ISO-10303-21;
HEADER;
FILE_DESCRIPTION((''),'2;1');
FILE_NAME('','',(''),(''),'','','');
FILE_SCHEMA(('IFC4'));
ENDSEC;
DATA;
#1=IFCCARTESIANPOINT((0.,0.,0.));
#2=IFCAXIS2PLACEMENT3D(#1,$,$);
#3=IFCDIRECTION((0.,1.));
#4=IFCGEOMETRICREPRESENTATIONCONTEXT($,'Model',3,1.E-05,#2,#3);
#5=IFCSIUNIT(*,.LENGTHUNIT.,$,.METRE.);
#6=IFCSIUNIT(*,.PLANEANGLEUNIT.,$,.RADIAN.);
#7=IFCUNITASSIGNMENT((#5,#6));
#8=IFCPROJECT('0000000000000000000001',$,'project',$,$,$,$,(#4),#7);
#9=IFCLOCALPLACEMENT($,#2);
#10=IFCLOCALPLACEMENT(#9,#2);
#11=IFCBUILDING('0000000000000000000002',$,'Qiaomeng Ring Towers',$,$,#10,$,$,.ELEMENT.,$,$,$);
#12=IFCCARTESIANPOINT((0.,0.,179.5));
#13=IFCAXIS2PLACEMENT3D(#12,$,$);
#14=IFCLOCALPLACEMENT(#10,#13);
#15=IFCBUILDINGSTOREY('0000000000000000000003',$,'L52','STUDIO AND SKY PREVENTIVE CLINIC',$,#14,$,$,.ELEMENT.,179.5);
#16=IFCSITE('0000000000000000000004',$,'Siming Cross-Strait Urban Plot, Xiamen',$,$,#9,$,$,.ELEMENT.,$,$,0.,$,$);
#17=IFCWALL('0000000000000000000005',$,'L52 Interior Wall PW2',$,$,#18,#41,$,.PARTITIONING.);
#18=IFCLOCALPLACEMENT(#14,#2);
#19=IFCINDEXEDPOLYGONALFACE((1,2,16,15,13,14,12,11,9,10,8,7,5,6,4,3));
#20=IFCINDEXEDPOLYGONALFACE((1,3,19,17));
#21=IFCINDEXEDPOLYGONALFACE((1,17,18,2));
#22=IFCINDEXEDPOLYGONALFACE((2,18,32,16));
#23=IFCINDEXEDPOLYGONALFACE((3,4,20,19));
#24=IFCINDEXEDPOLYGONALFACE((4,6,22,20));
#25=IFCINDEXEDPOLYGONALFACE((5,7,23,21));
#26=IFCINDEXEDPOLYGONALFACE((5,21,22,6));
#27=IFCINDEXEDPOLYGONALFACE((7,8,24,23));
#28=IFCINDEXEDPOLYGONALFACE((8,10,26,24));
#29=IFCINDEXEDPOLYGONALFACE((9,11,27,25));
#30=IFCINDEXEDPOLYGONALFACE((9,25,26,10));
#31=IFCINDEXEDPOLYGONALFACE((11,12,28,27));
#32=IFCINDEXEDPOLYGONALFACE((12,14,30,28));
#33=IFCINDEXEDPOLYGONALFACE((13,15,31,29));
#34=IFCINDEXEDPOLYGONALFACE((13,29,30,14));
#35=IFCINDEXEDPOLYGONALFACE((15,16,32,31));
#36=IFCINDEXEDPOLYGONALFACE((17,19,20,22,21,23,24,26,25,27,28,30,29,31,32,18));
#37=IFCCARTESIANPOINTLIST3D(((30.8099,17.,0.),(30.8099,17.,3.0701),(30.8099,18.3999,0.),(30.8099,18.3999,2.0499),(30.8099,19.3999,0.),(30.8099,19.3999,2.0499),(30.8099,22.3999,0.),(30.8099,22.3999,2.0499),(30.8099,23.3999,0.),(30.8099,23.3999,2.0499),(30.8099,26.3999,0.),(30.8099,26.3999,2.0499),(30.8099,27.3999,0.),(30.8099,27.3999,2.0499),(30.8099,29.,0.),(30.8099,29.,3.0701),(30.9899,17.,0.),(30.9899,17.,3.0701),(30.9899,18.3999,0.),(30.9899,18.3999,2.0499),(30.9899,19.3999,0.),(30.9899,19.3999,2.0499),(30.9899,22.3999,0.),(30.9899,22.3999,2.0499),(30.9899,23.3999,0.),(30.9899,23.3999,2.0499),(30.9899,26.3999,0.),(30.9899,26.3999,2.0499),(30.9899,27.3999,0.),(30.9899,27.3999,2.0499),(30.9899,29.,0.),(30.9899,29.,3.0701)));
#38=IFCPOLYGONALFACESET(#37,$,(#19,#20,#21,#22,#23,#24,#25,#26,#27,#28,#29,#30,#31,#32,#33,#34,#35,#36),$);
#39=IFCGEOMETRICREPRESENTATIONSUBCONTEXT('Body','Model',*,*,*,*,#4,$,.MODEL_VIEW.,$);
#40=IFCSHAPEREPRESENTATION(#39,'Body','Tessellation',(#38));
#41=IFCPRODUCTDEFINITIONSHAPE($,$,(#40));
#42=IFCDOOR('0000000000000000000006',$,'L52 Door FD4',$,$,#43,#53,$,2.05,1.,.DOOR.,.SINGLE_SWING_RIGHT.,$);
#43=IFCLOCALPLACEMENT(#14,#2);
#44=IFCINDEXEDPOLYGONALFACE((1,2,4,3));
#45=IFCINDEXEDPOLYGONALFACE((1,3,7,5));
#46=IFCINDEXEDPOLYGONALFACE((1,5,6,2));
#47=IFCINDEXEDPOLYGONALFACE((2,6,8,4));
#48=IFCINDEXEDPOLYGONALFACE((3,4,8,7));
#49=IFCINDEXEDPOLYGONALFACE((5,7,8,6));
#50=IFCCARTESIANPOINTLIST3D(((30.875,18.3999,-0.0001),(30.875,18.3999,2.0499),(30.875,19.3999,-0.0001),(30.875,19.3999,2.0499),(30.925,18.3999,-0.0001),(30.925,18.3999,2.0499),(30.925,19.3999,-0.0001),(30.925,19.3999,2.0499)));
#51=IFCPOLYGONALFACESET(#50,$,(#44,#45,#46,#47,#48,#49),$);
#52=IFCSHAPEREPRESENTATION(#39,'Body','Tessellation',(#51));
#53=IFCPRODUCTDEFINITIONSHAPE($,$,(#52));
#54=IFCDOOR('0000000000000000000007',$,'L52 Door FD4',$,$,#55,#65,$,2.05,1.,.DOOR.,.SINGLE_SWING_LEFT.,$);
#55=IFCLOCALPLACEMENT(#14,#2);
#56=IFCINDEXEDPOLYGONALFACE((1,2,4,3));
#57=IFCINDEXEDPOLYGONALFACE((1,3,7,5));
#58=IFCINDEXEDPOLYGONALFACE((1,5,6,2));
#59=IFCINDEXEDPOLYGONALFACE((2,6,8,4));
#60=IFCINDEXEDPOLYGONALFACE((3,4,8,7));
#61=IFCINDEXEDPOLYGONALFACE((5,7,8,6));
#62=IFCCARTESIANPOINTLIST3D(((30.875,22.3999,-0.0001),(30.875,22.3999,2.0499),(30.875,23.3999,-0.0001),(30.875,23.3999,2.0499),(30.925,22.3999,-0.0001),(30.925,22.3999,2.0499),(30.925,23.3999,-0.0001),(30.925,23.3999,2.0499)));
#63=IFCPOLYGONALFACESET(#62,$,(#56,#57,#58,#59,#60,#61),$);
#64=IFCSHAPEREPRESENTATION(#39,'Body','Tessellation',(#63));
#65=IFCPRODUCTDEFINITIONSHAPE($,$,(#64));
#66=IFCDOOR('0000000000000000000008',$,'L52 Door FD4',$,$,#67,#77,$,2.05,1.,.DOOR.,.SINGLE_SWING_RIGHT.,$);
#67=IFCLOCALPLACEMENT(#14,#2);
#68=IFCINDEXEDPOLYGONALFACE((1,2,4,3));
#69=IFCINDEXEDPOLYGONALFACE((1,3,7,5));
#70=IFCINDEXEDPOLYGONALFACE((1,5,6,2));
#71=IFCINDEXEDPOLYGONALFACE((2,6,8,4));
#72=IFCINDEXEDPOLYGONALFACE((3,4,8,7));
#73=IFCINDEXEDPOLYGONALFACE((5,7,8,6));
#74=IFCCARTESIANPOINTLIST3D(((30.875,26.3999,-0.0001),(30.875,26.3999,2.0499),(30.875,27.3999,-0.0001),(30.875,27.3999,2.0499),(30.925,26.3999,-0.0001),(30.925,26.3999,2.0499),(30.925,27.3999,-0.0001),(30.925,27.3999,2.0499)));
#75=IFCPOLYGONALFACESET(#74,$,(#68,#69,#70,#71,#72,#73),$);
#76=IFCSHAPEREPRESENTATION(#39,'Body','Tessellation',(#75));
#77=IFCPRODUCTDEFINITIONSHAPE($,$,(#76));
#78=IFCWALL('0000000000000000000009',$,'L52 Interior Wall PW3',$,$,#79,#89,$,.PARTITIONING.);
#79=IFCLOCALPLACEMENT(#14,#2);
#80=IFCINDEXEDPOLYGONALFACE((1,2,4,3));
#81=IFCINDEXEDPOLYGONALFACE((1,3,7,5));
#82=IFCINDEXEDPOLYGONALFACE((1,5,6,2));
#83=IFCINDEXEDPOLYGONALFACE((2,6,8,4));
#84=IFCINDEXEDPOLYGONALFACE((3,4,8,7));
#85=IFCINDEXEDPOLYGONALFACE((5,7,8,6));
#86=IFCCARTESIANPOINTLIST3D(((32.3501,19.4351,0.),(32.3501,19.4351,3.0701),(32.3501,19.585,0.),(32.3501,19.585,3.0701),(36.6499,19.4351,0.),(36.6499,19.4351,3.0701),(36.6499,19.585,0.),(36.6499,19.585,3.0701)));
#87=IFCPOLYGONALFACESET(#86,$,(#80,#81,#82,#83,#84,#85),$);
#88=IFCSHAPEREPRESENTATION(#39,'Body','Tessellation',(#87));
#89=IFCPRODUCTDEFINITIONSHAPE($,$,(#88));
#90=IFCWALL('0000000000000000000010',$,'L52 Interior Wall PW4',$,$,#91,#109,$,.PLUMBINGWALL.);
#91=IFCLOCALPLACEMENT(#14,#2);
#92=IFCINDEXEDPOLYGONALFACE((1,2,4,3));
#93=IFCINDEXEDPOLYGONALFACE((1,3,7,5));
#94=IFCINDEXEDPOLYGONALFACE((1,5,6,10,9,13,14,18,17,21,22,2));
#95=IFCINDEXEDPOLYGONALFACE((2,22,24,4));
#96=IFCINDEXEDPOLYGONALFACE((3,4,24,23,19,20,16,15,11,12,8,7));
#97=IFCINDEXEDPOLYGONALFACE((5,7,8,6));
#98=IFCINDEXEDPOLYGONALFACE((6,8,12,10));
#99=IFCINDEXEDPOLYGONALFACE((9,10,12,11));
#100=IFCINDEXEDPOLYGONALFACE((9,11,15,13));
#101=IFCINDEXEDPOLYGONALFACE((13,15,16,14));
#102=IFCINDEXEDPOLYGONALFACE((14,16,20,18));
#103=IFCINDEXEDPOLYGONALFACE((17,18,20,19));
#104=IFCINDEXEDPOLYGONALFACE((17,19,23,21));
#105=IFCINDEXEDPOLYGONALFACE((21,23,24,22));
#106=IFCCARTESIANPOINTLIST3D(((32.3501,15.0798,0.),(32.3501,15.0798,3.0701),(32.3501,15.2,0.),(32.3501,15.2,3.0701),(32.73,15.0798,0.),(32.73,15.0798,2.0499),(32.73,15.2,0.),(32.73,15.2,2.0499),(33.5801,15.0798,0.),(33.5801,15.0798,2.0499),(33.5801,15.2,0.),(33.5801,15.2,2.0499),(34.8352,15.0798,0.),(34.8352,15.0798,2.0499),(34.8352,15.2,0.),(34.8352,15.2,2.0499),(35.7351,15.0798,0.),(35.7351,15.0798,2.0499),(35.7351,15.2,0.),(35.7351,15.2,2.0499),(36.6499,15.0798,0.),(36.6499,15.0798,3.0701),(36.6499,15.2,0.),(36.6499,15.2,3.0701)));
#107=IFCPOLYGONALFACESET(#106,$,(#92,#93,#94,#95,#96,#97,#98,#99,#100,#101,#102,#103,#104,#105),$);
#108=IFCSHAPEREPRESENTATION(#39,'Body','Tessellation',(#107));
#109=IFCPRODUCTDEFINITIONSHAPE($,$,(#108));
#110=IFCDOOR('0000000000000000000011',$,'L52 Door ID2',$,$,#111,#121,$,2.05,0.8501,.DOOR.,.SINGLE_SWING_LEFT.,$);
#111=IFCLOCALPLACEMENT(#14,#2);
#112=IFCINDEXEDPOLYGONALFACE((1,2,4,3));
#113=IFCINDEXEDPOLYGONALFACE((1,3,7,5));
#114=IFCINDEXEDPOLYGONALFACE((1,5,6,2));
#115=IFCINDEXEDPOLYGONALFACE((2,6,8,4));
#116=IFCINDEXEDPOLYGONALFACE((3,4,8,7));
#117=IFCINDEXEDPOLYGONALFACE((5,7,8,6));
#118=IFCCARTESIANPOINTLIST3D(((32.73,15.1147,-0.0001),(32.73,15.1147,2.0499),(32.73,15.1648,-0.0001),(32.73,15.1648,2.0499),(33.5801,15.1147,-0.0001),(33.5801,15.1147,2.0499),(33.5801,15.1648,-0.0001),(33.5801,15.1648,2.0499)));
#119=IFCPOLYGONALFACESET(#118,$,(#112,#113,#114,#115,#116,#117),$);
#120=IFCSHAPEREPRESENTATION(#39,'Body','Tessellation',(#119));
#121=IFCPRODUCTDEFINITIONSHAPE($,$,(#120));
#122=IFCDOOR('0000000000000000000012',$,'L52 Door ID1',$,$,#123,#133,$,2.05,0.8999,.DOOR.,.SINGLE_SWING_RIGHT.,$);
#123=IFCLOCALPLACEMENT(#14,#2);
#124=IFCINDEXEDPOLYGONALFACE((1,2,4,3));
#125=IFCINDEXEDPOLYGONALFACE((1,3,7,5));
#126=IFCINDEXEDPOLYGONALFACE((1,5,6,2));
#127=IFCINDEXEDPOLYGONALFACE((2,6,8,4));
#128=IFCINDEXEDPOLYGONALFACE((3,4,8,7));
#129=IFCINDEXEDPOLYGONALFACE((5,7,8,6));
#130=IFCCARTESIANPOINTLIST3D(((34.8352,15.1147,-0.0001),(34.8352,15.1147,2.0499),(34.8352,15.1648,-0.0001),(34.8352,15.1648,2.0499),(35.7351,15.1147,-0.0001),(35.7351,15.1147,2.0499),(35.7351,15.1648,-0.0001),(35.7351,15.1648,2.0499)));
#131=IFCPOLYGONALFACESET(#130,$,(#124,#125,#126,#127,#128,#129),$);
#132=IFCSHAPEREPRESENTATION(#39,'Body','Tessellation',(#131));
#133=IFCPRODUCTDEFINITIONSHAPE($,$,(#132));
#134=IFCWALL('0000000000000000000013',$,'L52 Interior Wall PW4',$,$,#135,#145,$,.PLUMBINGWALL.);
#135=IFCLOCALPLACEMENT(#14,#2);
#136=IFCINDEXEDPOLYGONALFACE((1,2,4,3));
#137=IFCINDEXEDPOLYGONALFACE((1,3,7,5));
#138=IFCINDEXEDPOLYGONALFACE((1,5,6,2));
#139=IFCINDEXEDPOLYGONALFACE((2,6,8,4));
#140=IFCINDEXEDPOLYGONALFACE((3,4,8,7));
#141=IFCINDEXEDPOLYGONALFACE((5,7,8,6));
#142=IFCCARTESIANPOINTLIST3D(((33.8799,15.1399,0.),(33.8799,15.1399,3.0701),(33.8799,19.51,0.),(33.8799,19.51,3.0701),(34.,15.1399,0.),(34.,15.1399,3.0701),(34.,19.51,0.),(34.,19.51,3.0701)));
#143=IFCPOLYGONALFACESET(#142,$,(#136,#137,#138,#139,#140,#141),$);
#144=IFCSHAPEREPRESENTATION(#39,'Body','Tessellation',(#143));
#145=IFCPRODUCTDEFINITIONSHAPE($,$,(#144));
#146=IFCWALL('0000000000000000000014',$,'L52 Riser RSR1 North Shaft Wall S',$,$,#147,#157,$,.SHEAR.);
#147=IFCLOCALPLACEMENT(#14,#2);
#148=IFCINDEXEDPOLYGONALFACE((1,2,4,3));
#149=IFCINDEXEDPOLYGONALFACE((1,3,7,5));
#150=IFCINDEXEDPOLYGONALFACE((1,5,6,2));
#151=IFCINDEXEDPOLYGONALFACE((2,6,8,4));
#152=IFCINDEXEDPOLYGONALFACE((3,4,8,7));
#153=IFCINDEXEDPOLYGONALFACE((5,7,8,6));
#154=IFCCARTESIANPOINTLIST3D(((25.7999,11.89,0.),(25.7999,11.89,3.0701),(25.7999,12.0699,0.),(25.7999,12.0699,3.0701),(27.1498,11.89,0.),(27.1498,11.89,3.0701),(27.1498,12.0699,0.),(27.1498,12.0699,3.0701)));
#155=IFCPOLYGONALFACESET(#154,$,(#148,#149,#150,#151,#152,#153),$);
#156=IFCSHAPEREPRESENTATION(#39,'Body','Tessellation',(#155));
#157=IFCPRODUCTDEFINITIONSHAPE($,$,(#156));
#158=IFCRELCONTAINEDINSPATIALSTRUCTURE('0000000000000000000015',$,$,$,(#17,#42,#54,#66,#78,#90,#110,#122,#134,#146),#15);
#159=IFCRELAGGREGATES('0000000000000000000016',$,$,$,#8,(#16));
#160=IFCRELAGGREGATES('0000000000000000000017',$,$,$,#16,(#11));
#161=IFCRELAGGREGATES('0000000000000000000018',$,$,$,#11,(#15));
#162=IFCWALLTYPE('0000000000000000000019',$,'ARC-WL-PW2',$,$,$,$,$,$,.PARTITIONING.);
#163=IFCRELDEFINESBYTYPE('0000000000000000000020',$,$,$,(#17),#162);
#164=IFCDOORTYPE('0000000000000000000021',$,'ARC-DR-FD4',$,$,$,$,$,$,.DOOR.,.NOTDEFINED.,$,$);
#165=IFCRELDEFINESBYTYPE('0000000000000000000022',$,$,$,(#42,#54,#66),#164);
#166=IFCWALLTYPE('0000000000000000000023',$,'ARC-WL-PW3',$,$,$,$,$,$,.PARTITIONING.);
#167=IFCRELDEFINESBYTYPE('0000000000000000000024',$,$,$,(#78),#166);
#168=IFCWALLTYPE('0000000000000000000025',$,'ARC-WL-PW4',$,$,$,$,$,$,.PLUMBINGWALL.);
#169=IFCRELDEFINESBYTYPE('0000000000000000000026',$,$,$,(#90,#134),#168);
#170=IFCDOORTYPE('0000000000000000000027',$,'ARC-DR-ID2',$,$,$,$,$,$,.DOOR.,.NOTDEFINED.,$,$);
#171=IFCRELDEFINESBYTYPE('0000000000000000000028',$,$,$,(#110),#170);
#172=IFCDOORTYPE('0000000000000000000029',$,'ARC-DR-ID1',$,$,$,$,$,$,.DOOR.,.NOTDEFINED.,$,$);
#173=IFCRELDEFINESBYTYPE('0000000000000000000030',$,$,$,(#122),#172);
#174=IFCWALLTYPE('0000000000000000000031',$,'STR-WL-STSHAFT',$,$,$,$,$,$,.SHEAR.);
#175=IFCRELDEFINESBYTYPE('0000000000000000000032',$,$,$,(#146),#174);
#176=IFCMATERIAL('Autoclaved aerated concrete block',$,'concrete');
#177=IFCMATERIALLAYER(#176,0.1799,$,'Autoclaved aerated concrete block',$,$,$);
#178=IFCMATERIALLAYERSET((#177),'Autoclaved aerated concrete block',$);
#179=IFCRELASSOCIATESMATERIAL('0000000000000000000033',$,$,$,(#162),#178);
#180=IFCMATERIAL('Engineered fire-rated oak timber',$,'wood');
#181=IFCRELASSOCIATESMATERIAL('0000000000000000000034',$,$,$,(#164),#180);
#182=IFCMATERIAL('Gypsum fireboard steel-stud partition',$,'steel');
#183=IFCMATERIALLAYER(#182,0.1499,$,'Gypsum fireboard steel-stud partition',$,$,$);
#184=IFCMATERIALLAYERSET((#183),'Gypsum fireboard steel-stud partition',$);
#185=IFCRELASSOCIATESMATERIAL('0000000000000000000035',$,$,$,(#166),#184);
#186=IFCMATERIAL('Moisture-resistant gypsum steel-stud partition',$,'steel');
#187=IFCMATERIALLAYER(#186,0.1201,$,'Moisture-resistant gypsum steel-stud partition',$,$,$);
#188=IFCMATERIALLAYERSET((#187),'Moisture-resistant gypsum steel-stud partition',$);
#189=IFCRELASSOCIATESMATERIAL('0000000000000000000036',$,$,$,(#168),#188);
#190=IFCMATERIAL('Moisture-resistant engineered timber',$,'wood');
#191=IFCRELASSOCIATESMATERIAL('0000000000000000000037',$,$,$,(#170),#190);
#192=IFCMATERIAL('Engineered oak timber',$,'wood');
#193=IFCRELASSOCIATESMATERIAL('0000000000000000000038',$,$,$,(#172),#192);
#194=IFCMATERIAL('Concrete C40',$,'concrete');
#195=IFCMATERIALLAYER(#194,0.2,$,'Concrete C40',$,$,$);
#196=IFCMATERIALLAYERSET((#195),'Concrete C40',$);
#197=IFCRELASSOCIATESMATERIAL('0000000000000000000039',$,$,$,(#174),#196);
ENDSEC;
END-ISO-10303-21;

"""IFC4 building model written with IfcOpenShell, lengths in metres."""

from ifc_helpers import new_model, si_unit, direction, frame, frame_2d, origin, place, context, subcontext, project, spatial, rectangle, extrude, source, transform, mapped, material, layer, layer_set, type_object, element, fill, save


model = new_model("IFC4")

# Units and contexts
model_context = context("Model", 3, precision=1e-05, world=origin(), true_north=direction((0.0, 1.0)))
body_context = subcontext(model_context, "Body", "Model", "MODEL_VIEW")
ifc_project = project(units=[si_unit("LENGTHUNIT", "METRE"), si_unit("PLANEANGLEUNIT", "RADIAN")], contexts=[model_context])

# Site, building, storey
site_placement = place(None, origin())
site = spatial("IfcSite", under=ifc_project, at=site_placement, Name="Siming Cross-Strait Urban Plot, Xiamen", CompositionType="ELEMENT", RefElevation=0.0)
building_placement = place(site_placement, origin())
building = spatial("IfcBuilding", under=site, at=building_placement, Name="Qiaomeng Ring Towers", CompositionType="ELEMENT")
storey_placement = place(building_placement, frame((0.0, 0.0, 179.5)))
storey = spatial("IfcBuildingStorey", under=building, at=storey_placement, Name="L52", Description="STUDIO AND SKY PREVENTIVE CLINIC", CompositionType="ELEMENT", Elevation=179.5)

# Shared definitions
ifc_material_1 = material(Name="Autoclaved aerated concrete block", Category="concrete")

# Wall, openings, doors
ifc_layer_1 = layer(ifc_material_1, 0.1799, Name="Autoclaved aerated concrete block")
ifc_layer_set_1 = layer_set([ifc_layer_1], Name="Autoclaved aerated concrete block")
wall_type_1 = type_object("IfcWallType", Name="ARC-WL-PW2", PredefinedType="PARTITIONING", material=ifc_layer_set_1)
wall_1_placement = place(storey_placement, frame((30.8999, 17.0, 0.0), z_axis=(0.0, 0.0, 1.0), x_axis=(0.0, 1.0, 0.0)))
wall_1 = element("IfcWall", 1, at=wall_1_placement, inside=storey, type_object=wall_type_1, Name="L52 Interior Wall PW2", PredefinedType="PARTITIONING", context=body_context, shape_type="SweptSolid", body=[
    extrude(rectangle(XDim=12.0, YDim=0.1799, at=frame_2d((6.0, 0.0))), origin(), (0.0, 0.0, 1.0), 3.0701),
])
opening_1_placement = place(wall_1_placement, frame((1.3999, 0.0, 0.0)))
opening_1 = element("IfcOpeningElement", 2, at=opening_1_placement, cuts=wall_1, PredefinedType="OPENING", context=body_context, shape_type="SweptSolid", body=[
    extrude(rectangle(XDim=1.0, YDim=2.05, at=frame_2d((0.5, 1.0249))), frame((0.0, 0.0999, 0.0), z_axis=(0.0, -1.0, 0.0), x_axis=(1.0, 0.0, 0.0)), (0.0, 0.0, 1.0), 0.2),
])
opening_2_placement = place(wall_1_placement, frame((5.3999, 0.0, 0.0)))
opening_2 = element("IfcOpeningElement", 3, at=opening_2_placement, cuts=wall_1, PredefinedType="OPENING", context=body_context, shape_type="SweptSolid", body=[
    extrude(rectangle(XDim=1.0, YDim=2.05, at=frame_2d((0.5, 1.0249))), frame((0.0, 0.0999, 0.0), z_axis=(0.0, -1.0, 0.0), x_axis=(1.0, 0.0, 0.0)), (0.0, 0.0, 1.0), 0.2),
])
opening_3_placement = place(wall_1_placement, frame((9.3999, 0.0, 0.0)))
opening_3 = element("IfcOpeningElement", 4, at=opening_3_placement, cuts=wall_1, PredefinedType="OPENING", context=body_context, shape_type="SweptSolid", body=[
    extrude(rectangle(XDim=1.0, YDim=2.05, at=frame_2d((0.5, 1.0249))), frame((0.0, 0.0999, 0.0), z_axis=(0.0, -1.0, 0.0), x_axis=(1.0, 0.0, 0.0)), (0.0, 0.0, 1.0), 0.2),
])
ifc_material_2 = material(Name="Engineered fire-rated oak timber", Category="wood")
door_type_1 = type_object("IfcDoorType", Name="ARC-DR-FD4", OperationType="NOTDEFINED", PredefinedType="DOOR", material=ifc_material_2)
shared_shape_1 = source(origin(), body_context, "Body", "SweptSolid", [
    extrude(rectangle(XDim=1.0, YDim=2.05, at=frame_2d((0.5, 1.0249))), frame((0.0, 0.0249, 0.0), z_axis=(0.0, -1.0, 0.0), x_axis=(1.0, 0.0, 0.0)), (0.0, 0.0, 1.0), 0.05),
])
door_1_placement = place(opening_1_placement, origin())
door_1 = element("IfcDoor", 5, at=door_1_placement, inside=storey, type_object=door_type_1, Name="L52 Door FD4", OperationType="SINGLE_SWING_RIGHT", OverallHeight=2.05, OverallWidth=1.0, PredefinedType="DOOR", context=body_context, shape_type="MappedRepresentation", body=[
    mapped(shared_shape_1, transform((0.0, 0.0, 0.0), x_axis=(1.0, 0.0, 0.0), y_axis=(0.0, 1.0, 0.0), z_axis=(0.0, 0.0, 1.0), scale=1.0)),
])
fill(opening_1, door_1)
door_2_placement = place(opening_2_placement, origin())
door_2 = element("IfcDoor", 6, at=door_2_placement, inside=storey, type_object=door_type_1, Name="L52 Door FD4", OperationType="SINGLE_SWING_LEFT", OverallHeight=2.05, OverallWidth=1.0, PredefinedType="DOOR", context=body_context, shape_type="MappedRepresentation", body=[
    mapped(shared_shape_1, transform((0.0, 0.0, 0.0), x_axis=(1.0, 0.0, 0.0), y_axis=(0.0, 1.0, 0.0), z_axis=(0.0, 0.0, 1.0), scale=1.0)),
])
fill(opening_2, door_2)
door_3_placement = place(opening_3_placement, origin())
door_3 = element("IfcDoor", 7, at=door_3_placement, inside=storey, type_object=door_type_1, Name="L52 Door FD4", OperationType="SINGLE_SWING_RIGHT", OverallHeight=2.05, OverallWidth=1.0, PredefinedType="DOOR", context=body_context, shape_type="MappedRepresentation", body=[
    mapped(shared_shape_1, transform((0.0, 0.0, 0.0), x_axis=(1.0, 0.0, 0.0), y_axis=(0.0, 1.0, 0.0), z_axis=(0.0, 0.0, 1.0), scale=1.0)),
])
fill(opening_3, door_3)

# Wall
ifc_material_3 = material(Name="Gypsum fireboard steel-stud partition", Category="steel")
ifc_layer_2 = layer(ifc_material_3, 0.1499, Name="Gypsum fireboard steel-stud partition")
ifc_layer_set_2 = layer_set([ifc_layer_2], Name="Gypsum fireboard steel-stud partition")
wall_type_2 = type_object("IfcWallType", Name="ARC-WL-PW3", PredefinedType="PARTITIONING", material=ifc_layer_set_2)
wall_2_placement = place(storey_placement, frame((32.3501, 19.51, 0.0), z_axis=(0.0, 0.0, 1.0), x_axis=(1.0, 0.0, 0.0)))
element("IfcWall", 8, at=wall_2_placement, inside=storey, type_object=wall_type_2, Name="L52 Interior Wall PW3", PredefinedType="PARTITIONING", context=body_context, shape_type="SweptSolid", body=[
    extrude(rectangle(XDim=4.2998, YDim=0.1499, at=frame_2d((2.1499, 0.0))), origin(), (0.0, 0.0, 1.0), 3.0701),
])

# Wall, openings, doors
ifc_material_4 = material(Name="Moisture-resistant gypsum steel-stud partition", Category="steel")
ifc_layer_3 = layer(ifc_material_4, 0.1201, Name="Moisture-resistant gypsum steel-stud partition")
ifc_layer_set_3 = layer_set([ifc_layer_3], Name="Moisture-resistant gypsum steel-stud partition")
wall_type_3 = type_object("IfcWallType", Name="ARC-WL-PW4", PredefinedType="PLUMBINGWALL", material=ifc_layer_set_3)
wall_3_placement = place(storey_placement, frame((32.3501, 15.1399, 0.0), z_axis=(0.0, 0.0, 1.0), x_axis=(1.0, 0.0, 0.0)))
wall_3 = element("IfcWall", 9, at=wall_3_placement, inside=storey, type_object=wall_type_3, Name="L52 Interior Wall PW4", PredefinedType="PLUMBINGWALL", context=body_context, shape_type="SweptSolid", body=[
    extrude(rectangle(XDim=4.2998, YDim=0.1201, at=frame_2d((2.1499, 0.0))), origin(), (0.0, 0.0, 1.0), 3.0701),
])
opening_4_placement = place(wall_3_placement, frame((0.3799, 0.0, 0.0)))
opening_4 = element("IfcOpeningElement", 10, at=opening_4_placement, cuts=wall_3, PredefinedType="OPENING", context=body_context, shape_type="SweptSolid", body=[
    extrude(rectangle(XDim=0.8501, YDim=2.05, at=frame_2d((0.425, 1.0249))), frame((0.0, 0.0701, 0.0), z_axis=(0.0, -1.0, 0.0), x_axis=(1.0, 0.0, 0.0)), (0.0, 0.0, 1.0), 0.1401),
])
opening_5_placement = place(wall_3_placement, frame((2.4851, 0.0, 0.0)))
opening_5 = element("IfcOpeningElement", 11, at=opening_5_placement, cuts=wall_3, PredefinedType="OPENING", context=body_context, shape_type="SweptSolid", body=[
    extrude(rectangle(XDim=0.8999, YDim=2.05, at=frame_2d((0.45, 1.0249))), frame((0.0, 0.0701, 0.0), z_axis=(0.0, -1.0, 0.0), x_axis=(1.0, 0.0, 0.0)), (0.0, 0.0, 1.0), 0.1401),
])
ifc_material_5 = material(Name="Moisture-resistant engineered timber", Category="wood")
door_type_2 = type_object("IfcDoorType", Name="ARC-DR-ID2", OperationType="NOTDEFINED", PredefinedType="DOOR", material=ifc_material_5)
shared_shape_2 = source(origin(), body_context, "Body", "SweptSolid", [
    extrude(rectangle(XDim=0.8501, YDim=2.05, at=frame_2d((0.425, 1.0249))), frame((0.0, 0.0249, 0.0), z_axis=(0.0, -1.0, 0.0), x_axis=(1.0, 0.0, 0.0)), (0.0, 0.0, 1.0), 0.05),
])
door_4_placement = place(opening_4_placement, origin())
door_4 = element("IfcDoor", 12, at=door_4_placement, inside=storey, type_object=door_type_2, Name="L52 Door ID2", OperationType="SINGLE_SWING_LEFT", OverallHeight=2.05, OverallWidth=0.8501, PredefinedType="DOOR", context=body_context, shape_type="MappedRepresentation", body=[
    mapped(shared_shape_2, transform((0.0, 0.0, 0.0), x_axis=(1.0, 0.0, 0.0), y_axis=(0.0, 1.0, 0.0), z_axis=(0.0, 0.0, 1.0), scale=1.0)),
])
fill(opening_4, door_4)
ifc_material_6 = material(Name="Engineered oak timber", Category="wood")
door_type_3 = type_object("IfcDoorType", Name="ARC-DR-ID1", OperationType="NOTDEFINED", PredefinedType="DOOR", material=ifc_material_6)
shared_shape_3 = source(origin(), body_context, "Body", "SweptSolid", [
    extrude(rectangle(XDim=0.8999, YDim=2.05, at=frame_2d((0.45, 1.0249))), frame((0.0, 0.0249, 0.0), z_axis=(0.0, -1.0, 0.0), x_axis=(1.0, 0.0, 0.0)), (0.0, 0.0, 1.0), 0.05),
])
door_5_placement = place(opening_5_placement, origin())
door_5 = element("IfcDoor", 13, at=door_5_placement, inside=storey, type_object=door_type_3, Name="L52 Door ID1", OperationType="SINGLE_SWING_RIGHT", OverallHeight=2.05, OverallWidth=0.8999, PredefinedType="DOOR", context=body_context, shape_type="MappedRepresentation", body=[
    mapped(shared_shape_3, transform((0.0, 0.0, 0.0), x_axis=(1.0, 0.0, 0.0), y_axis=(0.0, 1.0, 0.0), z_axis=(0.0, 0.0, 1.0), scale=1.0)),
])
fill(opening_5, door_5)

# Walls
wall_4_placement = place(storey_placement, frame((33.9399, 15.1399, 0.0), z_axis=(0.0, 0.0, 1.0), x_axis=(0.0, 1.0, 0.0)))
element("IfcWall", 14, at=wall_4_placement, inside=storey, type_object=wall_type_3, Name="L52 Interior Wall PW4", PredefinedType="PLUMBINGWALL", context=body_context, shape_type="SweptSolid", body=[
    extrude(rectangle(XDim=4.3701, YDim=0.1201, at=frame_2d((2.1851, 0.0))), origin(), (0.0, 0.0, 1.0), 3.0701),
])
ifc_material_7 = material(Name="Concrete C40", Category="concrete")
ifc_layer_4 = layer(ifc_material_7, 0.2, Name="Concrete C40")
ifc_layer_set_4 = layer_set([ifc_layer_4], Name="Concrete C40")
wall_type_4 = type_object("IfcWallType", Name="STR-WL-STSHAFT", PredefinedType="SHEAR", material=ifc_layer_set_4)
for number, where, z_axis, x_axis, name in (
    (15, (25.8, 11.98, 0.0), (0.0, 0.0, 1.0), (1.0, 0.0, 0.0), "L52 Riser RSR1 North Shaft Wall S"),
):
    element("IfcWall", number, at=place(storey_placement, frame(where, z_axis=z_axis, x_axis=x_axis)), inside=storey, type_object=wall_type_4, Name=name, PredefinedType="SHEAR", context=body_context, shape_type="SweptSolid", body=[
        extrude(rectangle(XDim=1.3499, YDim=0.1799, at=frame_2d((0.6748, 0.0))), origin(), (0.0, 0.0, 1.0), 3.0701),
    ])

save(model, "model.ifc")
